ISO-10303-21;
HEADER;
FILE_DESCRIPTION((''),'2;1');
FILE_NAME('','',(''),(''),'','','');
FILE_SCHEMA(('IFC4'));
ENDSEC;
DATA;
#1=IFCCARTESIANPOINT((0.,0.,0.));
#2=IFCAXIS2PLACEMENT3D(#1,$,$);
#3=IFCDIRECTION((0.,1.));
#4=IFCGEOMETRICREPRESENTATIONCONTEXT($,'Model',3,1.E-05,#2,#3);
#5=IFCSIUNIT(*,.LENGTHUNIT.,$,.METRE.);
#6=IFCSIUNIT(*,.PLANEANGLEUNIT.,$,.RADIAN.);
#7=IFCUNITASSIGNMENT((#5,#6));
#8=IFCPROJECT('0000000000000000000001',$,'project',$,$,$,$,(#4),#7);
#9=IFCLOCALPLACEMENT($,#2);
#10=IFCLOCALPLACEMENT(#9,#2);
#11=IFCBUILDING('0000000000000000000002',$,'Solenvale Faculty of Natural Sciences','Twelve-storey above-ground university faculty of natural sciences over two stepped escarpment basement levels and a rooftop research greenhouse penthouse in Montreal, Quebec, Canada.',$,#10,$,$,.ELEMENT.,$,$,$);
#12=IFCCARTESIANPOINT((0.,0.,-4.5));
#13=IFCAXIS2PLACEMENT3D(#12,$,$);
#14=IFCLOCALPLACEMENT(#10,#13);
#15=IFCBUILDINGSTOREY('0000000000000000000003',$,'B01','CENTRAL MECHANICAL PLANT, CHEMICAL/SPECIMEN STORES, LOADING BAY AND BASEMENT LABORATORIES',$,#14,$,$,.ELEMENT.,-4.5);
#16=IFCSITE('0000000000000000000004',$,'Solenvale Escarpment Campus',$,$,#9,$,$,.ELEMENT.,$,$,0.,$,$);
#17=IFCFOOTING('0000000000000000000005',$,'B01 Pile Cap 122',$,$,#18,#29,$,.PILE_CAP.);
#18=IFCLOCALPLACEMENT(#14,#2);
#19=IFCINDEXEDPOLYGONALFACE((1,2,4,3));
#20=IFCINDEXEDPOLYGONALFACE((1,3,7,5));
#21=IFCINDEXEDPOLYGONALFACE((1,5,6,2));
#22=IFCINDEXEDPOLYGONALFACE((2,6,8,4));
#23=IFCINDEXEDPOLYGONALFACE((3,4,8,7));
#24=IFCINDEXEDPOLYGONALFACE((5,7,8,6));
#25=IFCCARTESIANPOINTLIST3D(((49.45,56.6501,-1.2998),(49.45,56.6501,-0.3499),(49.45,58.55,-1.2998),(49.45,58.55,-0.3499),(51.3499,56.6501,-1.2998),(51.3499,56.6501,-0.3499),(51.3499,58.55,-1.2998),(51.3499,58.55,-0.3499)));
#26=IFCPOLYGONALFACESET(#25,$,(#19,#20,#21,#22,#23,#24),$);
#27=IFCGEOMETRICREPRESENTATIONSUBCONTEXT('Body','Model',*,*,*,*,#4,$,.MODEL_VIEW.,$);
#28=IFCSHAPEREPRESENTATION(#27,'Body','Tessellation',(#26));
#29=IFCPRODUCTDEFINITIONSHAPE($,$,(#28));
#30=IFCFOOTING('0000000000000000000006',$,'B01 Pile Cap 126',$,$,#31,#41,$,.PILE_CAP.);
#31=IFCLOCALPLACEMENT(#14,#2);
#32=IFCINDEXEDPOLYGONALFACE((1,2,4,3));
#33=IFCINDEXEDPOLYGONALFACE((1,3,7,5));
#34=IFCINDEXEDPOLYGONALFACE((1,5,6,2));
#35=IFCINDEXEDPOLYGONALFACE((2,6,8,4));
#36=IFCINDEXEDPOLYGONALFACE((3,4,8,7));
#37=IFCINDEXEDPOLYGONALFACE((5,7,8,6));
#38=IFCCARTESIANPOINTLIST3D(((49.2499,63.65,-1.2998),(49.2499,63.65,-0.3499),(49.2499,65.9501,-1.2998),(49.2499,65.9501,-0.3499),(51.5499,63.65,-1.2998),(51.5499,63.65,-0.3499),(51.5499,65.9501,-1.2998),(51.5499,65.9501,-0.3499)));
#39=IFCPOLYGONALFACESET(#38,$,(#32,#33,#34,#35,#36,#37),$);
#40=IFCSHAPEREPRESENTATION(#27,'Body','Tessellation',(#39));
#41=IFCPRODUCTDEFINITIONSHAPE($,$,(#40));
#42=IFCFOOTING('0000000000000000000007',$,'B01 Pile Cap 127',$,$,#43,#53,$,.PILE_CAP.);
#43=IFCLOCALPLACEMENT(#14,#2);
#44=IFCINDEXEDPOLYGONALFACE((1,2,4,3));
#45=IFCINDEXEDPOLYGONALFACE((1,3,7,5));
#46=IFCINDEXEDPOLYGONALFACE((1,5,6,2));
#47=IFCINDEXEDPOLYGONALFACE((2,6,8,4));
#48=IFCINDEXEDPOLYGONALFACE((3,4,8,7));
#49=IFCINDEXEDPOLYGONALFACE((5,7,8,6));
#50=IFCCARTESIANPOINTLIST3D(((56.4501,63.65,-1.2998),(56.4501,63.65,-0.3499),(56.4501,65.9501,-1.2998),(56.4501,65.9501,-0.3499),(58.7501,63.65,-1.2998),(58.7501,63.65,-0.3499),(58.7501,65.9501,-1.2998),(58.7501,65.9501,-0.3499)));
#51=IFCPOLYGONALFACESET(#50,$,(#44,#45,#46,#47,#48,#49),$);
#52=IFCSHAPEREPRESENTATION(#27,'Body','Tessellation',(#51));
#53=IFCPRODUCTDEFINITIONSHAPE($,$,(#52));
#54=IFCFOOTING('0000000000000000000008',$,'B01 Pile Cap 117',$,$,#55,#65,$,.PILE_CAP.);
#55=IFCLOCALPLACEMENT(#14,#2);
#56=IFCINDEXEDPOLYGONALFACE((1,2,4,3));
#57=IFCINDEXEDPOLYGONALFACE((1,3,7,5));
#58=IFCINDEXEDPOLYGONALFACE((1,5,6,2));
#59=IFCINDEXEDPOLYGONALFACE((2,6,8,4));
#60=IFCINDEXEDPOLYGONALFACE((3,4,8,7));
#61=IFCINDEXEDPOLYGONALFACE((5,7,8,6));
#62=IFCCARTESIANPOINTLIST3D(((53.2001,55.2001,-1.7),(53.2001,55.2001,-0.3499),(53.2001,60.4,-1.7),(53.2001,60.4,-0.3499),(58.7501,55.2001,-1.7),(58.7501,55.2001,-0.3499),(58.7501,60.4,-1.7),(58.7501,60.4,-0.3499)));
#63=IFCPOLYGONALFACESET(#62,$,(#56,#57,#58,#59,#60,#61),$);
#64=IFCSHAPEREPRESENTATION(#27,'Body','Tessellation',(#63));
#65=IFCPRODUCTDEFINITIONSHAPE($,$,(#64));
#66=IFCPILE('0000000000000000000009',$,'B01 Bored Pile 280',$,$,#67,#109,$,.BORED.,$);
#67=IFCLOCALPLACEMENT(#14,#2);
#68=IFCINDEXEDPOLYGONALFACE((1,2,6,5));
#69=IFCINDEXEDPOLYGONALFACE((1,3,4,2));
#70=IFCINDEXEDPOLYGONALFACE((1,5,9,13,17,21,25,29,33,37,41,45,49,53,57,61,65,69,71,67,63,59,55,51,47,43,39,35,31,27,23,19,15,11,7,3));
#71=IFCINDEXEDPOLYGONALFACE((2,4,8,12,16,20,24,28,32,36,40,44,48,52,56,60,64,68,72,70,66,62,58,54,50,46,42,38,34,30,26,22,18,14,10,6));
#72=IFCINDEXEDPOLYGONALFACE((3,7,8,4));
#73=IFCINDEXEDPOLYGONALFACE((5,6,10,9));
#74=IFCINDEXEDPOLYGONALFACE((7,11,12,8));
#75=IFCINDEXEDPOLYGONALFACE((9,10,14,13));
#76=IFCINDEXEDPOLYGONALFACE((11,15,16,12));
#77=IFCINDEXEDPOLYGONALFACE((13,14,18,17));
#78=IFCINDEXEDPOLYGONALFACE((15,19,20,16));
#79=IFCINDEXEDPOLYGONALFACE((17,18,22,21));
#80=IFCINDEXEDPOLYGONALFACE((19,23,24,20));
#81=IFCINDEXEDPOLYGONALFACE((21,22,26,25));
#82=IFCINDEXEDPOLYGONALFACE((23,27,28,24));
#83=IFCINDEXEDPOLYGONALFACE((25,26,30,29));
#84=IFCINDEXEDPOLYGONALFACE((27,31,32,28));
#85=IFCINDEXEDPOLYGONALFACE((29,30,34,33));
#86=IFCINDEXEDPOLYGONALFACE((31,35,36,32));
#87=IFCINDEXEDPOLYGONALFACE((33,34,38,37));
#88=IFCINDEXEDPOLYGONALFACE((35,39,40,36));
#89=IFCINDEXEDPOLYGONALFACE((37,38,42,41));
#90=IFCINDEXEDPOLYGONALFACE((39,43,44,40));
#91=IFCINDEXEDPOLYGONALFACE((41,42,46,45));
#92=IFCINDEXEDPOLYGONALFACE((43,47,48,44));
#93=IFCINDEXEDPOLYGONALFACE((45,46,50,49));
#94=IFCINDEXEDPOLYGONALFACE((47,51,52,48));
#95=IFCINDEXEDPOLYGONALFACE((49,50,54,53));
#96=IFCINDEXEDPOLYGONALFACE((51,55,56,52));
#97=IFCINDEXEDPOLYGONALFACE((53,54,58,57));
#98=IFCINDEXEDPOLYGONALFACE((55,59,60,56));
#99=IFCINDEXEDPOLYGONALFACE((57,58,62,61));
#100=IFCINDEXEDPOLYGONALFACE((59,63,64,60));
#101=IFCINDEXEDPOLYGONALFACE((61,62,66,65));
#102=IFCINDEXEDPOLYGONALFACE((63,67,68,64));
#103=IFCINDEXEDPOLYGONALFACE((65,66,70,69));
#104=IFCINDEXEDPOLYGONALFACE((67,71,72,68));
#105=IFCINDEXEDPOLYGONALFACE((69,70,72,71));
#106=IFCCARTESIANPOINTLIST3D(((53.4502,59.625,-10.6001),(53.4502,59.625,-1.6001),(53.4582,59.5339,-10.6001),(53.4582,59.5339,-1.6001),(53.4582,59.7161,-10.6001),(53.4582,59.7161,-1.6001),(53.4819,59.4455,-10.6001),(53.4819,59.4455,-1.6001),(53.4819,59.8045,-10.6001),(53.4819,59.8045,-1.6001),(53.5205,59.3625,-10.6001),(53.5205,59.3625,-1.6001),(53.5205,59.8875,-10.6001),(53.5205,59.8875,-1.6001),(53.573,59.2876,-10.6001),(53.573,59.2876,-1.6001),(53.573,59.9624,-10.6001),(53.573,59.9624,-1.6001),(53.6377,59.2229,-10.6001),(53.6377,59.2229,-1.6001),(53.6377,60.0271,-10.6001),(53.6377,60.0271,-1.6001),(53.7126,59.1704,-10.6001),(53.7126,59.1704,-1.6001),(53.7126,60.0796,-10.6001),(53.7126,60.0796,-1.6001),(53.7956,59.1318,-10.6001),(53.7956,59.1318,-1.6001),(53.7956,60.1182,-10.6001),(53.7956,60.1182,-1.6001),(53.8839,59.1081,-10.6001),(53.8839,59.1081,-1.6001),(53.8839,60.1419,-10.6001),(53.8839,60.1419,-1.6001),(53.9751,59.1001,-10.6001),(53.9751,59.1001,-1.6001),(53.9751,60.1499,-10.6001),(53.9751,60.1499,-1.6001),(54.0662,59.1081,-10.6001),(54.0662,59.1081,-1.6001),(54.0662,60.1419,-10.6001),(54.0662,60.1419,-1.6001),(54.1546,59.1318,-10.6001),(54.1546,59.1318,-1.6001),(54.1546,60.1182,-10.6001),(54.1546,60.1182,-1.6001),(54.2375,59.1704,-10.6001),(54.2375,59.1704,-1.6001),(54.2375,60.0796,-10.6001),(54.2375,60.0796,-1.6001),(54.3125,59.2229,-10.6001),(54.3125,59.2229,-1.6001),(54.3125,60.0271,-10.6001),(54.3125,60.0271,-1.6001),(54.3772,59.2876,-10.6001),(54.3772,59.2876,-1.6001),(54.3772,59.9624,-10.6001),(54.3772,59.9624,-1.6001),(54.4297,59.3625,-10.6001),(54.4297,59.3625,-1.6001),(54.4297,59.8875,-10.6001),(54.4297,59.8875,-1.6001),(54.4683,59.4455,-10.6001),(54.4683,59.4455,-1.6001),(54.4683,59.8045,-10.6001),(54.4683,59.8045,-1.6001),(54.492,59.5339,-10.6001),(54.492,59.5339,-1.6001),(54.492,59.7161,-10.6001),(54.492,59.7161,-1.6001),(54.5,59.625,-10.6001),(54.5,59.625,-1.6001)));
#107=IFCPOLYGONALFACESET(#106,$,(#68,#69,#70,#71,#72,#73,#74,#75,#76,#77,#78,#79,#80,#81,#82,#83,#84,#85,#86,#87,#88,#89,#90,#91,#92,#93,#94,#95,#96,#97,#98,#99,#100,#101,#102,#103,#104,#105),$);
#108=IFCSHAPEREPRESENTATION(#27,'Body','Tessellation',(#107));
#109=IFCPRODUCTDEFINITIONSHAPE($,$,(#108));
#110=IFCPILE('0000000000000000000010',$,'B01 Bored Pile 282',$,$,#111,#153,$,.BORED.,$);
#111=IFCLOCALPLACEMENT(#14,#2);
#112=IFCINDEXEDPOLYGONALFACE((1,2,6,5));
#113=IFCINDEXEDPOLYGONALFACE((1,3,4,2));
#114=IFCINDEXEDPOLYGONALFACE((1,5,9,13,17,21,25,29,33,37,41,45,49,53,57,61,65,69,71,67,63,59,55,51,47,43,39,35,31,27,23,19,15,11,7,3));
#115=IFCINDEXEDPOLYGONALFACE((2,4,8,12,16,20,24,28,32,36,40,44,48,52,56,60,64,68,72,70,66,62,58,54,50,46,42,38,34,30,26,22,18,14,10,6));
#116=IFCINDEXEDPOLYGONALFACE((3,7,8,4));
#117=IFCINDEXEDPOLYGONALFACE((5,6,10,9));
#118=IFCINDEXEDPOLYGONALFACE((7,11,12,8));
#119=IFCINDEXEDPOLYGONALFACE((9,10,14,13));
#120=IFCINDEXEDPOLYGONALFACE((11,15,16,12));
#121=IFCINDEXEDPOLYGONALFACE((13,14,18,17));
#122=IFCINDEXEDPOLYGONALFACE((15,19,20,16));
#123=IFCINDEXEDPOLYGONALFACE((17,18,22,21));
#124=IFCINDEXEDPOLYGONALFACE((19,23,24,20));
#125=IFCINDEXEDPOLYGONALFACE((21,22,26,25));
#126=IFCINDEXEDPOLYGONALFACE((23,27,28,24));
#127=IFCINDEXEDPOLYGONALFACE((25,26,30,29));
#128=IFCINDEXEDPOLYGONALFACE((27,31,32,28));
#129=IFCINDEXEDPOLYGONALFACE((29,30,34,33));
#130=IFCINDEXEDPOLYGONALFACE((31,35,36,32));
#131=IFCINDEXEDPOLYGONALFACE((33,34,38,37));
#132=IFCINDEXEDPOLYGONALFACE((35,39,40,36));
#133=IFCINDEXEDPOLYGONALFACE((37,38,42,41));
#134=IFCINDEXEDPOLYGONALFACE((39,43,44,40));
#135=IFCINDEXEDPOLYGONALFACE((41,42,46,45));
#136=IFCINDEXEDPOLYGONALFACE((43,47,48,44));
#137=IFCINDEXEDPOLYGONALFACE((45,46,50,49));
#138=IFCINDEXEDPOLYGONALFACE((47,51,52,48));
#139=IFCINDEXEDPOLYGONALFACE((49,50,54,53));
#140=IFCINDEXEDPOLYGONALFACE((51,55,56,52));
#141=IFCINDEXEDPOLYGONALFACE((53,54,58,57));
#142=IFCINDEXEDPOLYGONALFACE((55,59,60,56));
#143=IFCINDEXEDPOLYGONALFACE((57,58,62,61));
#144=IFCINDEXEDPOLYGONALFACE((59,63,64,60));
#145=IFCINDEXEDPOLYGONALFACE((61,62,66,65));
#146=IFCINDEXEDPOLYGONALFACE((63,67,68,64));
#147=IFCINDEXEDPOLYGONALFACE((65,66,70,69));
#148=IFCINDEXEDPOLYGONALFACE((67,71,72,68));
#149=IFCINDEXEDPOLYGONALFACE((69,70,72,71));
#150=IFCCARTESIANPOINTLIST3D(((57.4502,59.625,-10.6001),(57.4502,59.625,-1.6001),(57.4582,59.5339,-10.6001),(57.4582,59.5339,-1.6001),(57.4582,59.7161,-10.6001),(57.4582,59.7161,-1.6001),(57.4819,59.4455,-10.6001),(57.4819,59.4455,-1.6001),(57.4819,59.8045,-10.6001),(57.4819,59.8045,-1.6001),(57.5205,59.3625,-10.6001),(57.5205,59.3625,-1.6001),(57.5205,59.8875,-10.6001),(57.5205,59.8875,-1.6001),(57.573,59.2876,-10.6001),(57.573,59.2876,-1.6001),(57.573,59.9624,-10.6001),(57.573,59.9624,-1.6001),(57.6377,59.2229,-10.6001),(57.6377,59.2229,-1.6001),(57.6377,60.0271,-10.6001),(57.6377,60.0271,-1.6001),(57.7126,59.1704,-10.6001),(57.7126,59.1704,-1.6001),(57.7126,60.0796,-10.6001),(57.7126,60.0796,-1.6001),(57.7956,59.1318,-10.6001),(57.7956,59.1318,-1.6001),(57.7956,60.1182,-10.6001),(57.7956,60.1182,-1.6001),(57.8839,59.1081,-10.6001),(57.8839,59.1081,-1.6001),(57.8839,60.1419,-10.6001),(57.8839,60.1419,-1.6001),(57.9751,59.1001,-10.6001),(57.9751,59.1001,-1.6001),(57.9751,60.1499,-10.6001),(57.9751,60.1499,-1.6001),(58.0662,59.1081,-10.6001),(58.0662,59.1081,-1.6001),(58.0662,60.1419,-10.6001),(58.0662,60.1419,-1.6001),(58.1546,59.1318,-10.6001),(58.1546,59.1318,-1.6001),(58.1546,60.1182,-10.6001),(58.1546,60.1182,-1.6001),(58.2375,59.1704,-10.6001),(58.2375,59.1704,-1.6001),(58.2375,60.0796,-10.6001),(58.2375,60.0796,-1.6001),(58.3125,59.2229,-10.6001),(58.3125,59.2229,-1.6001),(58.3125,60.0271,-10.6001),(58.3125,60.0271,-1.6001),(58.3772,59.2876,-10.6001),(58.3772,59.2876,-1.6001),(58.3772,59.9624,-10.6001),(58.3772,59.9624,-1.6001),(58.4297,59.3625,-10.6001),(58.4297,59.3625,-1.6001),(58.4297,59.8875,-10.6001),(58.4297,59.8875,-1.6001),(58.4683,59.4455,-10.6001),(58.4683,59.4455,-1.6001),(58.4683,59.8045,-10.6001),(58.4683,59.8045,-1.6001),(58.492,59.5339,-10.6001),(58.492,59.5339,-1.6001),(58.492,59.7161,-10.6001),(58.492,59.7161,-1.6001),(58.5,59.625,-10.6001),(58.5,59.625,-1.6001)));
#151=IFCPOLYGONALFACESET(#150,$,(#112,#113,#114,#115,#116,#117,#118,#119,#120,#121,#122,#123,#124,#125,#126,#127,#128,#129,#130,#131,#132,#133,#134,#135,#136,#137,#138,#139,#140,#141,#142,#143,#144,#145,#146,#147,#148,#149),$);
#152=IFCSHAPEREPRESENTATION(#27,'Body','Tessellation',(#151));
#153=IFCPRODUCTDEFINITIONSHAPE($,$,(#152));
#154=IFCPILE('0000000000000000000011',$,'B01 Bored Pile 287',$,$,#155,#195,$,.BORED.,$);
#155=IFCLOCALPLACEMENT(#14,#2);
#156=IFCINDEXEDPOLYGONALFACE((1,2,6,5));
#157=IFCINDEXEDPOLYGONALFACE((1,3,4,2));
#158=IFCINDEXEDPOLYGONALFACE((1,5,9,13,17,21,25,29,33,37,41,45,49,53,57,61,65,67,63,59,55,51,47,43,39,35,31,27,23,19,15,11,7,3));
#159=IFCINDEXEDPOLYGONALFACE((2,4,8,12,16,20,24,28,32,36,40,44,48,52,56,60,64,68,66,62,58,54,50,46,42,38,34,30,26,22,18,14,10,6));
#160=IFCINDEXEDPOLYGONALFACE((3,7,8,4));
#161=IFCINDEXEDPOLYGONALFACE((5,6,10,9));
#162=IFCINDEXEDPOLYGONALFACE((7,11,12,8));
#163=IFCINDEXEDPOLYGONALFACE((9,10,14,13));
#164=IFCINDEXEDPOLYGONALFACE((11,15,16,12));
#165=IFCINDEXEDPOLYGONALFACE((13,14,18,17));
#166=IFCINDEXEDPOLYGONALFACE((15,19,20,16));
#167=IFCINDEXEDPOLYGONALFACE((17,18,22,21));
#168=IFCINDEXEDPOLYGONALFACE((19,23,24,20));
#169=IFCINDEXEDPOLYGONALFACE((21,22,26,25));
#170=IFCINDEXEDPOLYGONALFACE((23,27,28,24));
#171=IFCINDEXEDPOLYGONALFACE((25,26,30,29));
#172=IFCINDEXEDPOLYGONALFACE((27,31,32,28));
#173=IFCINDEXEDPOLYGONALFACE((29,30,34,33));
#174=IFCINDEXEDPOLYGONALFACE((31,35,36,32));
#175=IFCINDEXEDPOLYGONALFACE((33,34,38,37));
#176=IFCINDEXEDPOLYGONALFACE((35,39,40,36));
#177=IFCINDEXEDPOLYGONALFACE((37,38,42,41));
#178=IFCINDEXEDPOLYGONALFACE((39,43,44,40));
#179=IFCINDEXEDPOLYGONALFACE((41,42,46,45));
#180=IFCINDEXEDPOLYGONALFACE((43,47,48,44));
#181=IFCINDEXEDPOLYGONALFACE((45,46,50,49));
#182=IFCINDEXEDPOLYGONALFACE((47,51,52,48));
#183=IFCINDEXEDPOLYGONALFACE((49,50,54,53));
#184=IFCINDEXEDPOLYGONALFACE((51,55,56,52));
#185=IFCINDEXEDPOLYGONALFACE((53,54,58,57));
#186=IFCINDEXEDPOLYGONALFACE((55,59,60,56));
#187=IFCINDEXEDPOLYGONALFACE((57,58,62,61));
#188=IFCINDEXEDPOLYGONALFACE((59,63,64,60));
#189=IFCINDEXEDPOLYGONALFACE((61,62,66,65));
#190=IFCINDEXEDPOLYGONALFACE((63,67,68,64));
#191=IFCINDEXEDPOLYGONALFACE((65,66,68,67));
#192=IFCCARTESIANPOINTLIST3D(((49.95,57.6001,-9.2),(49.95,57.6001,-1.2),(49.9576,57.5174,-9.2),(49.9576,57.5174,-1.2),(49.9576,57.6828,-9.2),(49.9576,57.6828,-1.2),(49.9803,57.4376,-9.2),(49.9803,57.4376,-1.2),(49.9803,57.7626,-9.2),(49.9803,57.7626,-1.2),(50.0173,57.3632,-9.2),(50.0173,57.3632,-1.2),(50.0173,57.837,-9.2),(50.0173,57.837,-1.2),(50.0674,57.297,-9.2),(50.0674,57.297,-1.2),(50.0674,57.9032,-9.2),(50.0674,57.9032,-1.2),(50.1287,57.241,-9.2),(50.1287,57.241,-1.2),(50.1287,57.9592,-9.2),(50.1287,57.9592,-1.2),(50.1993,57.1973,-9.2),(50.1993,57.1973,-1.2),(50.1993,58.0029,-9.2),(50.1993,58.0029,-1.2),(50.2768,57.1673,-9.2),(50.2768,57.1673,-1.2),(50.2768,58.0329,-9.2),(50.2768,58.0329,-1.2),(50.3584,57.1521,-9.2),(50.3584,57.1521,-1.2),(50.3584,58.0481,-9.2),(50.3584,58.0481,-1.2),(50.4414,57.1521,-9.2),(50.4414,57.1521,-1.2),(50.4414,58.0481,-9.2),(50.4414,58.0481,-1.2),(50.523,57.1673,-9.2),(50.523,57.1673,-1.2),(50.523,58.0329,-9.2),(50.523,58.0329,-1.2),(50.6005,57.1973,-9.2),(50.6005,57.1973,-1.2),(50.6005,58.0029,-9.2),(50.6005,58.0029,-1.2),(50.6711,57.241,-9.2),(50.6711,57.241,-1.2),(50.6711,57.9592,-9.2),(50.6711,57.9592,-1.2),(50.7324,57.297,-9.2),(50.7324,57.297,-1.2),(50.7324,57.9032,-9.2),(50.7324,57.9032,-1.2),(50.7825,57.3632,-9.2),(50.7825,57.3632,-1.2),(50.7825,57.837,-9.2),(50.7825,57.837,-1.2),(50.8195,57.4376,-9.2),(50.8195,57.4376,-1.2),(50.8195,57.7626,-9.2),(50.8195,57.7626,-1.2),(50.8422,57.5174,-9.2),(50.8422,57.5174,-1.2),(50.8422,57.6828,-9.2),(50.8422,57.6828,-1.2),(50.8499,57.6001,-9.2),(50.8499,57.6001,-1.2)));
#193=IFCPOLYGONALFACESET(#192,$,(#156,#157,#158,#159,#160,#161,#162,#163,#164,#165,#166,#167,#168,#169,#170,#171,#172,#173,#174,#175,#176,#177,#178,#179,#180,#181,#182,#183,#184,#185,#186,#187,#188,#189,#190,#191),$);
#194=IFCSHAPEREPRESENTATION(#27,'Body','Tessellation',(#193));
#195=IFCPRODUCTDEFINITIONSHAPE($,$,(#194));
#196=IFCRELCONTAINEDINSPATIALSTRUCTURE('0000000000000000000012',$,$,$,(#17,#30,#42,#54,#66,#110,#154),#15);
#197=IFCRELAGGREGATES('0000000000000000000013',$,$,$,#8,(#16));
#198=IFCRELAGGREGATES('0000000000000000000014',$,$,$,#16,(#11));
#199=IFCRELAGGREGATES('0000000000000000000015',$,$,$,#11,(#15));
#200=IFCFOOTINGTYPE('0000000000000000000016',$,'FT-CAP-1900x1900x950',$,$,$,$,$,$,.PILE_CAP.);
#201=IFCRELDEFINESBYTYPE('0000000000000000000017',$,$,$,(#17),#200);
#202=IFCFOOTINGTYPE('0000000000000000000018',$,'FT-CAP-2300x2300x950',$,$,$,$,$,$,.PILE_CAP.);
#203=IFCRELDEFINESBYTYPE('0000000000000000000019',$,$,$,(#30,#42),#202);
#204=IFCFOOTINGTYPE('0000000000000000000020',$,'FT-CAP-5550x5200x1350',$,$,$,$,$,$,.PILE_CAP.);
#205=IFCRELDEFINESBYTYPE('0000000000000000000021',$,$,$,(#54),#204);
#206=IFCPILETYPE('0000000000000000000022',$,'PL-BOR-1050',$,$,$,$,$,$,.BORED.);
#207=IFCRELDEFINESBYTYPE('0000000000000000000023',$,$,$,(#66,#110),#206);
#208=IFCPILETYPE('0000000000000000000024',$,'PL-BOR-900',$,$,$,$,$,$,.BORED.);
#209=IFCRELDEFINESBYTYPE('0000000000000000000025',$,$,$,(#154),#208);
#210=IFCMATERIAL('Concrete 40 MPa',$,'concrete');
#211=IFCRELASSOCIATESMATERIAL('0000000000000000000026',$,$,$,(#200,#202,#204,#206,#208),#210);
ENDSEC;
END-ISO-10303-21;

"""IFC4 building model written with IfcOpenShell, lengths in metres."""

from ifc_helpers import new_model, si_unit, direction, frame, origin, origin_2d, place, context, subcontext, project, spatial, rectangle, circle, extrude, material, material_profile, profile_set, type_object, element, save


model = new_model("IFC4")

# Units and contexts
model_context = context("Model", 3, precision=1e-05, world=origin(), true_north=direction((0.0, 1.0)))
body_context = subcontext(model_context, "Body", "Model", "MODEL_VIEW")
ifc_project = project(units=[si_unit("LENGTHUNIT", "METRE"), si_unit("PLANEANGLEUNIT", "RADIAN")], contexts=[model_context])

# Site, building, storey
site_placement = place(None, origin())
site = spatial("IfcSite", under=ifc_project, at=site_placement, Name="Solenvale Escarpment Campus", CompositionType="ELEMENT", RefElevation=0.0)
building_placement = place(site_placement, origin())
building = spatial("IfcBuilding", under=site, at=building_placement, Name="Solenvale Faculty of Natural Sciences", Description="Twelve-storey above-ground university faculty of natural sciences over two stepped escarpment basement levels and a rooftop research greenhouse penthouse in Montreal, Quebec, Canada.", CompositionType="ELEMENT")
storey_placement = place(building_placement, frame((0.0, 0.0, -4.5)))
storey = spatial("IfcBuildingStorey", under=building, at=storey_placement, Name="B01", Description="CENTRAL MECHANICAL PLANT, CHEMICAL/SPECIMEN STORES, LOADING BAY AND BASEMENT LABORATORIES", CompositionType="ELEMENT", Elevation=-4.5)

# Footings
ifc_material_1 = material(Name="Concrete 40 MPa", Category="concrete")
footing_type_1 = type_object("IfcFootingType", Name="FT-CAP-1900x1900x950", PredefinedType="PILE_CAP", material=ifc_material_1)
footing_1_placement = place(storey_placement, frame((50.3999, 57.6001, -1.2998), z_axis=(0.0, 0.0, 1.0), x_axis=(1.0, 0.0, 0.0)))
element("IfcFooting", 1, at=footing_1_placement, inside=storey, type_object=footing_type_1, Name="B01 Pile Cap 122", PredefinedType="PILE_CAP", context=body_context, shape_type="SweptSolid", body=[
    extrude(rectangle(XDim=1.8999, YDim=1.8999, at=origin_2d()), origin(), (0.0, 0.0, 1.0), 0.95),
])
footing_type_2 = type_object("IfcFootingType", Name="FT-CAP-2300x2300x950", PredefinedType="PILE_CAP", material=ifc_material_1)
for number, where, z_axis, x_axis, name in (
    (2, (50.3999, 64.8, -1.2998), (0.0, 0.0, 1.0), (1.0, 0.0, 0.0), "B01 Pile Cap 126"),
    (3, (57.6001, 64.8, -1.2998), (0.0, 0.0, 1.0), (1.0, 0.0, 0.0), "B01 Pile Cap 127"),
):
    element("IfcFooting", number, at=place(storey_placement, frame(where, z_axis=z_axis, x_axis=x_axis)), inside=storey, type_object=footing_type_2, Name=name, PredefinedType="PILE_CAP", context=body_context, shape_type="SweptSolid", body=[
        extrude(rectangle(XDim=2.3, YDim=2.3, at=origin_2d()), origin(), (0.0, 0.0, 1.0), 0.95),
    ])
footing_type_3 = type_object("IfcFootingType", Name="FT-CAP-5550x5200x1350", PredefinedType="PILE_CAP", material=ifc_material_1)
footing_2_placement = place(storey_placement, frame((55.9751, 57.8, -1.7), z_axis=(0.0, 0.0, 1.0), x_axis=(1.0, 0.0, 0.0)))
element("IfcFooting", 4, at=footing_2_placement, inside=storey, type_object=footing_type_3, Name="B01 Pile Cap 117", PredefinedType="PILE_CAP", context=body_context, shape_type="SweptSolid", body=[
    extrude(rectangle(XDim=5.55, YDim=5.2, at=origin_2d()), origin(), (0.0, 0.0, 1.0), 1.3501),
])

# Piles
ifc_material_profile_1 = material_profile(ifc_material_1, circle(Radius=0.5249, at=origin_2d()), Name="PILE-D1050")
ifc_profile_set_1 = profile_set([ifc_material_profile_1], Name="Concrete 40 MPa")
pile_type_1 = type_object("IfcPileType", Name="PL-BOR-1050", PredefinedType="BORED", material=ifc_profile_set_1)
for number, where, z_axis, x_axis, name in (
    (5, (53.9751, 59.625, -1.6001), (0.0, 0.0, -1.0), (1.0, 0.0, 0.0), "B01 Bored Pile 280"),
    (6, (57.9751, 59.625, -1.6001), (0.0, 0.0, -1.0), (1.0, 0.0, 0.0), "B01 Bored Pile 282"),
):
    element("IfcPile", number, at=place(storey_placement, frame(where, z_axis=z_axis, x_axis=x_axis)), inside=storey, type_object=pile_type_1, Name=name, PredefinedType="BORED", context=body_context, shape_type="SweptSolid", body=[
        extrude(circle(Radius=0.5249, at=origin_2d()), origin(), (0.0, 0.0, 1.0), 9.0),
    ])
ifc_material_profile_2 = material_profile(ifc_material_1, circle(Radius=0.45, at=origin_2d()), Name="PILE-D900")
ifc_profile_set_2 = profile_set([ifc_material_profile_2], Name="Concrete 40 MPa")
pile_type_2 = type_object("IfcPileType", Name="PL-BOR-900", PredefinedType="BORED", material=ifc_profile_set_2)
for number, where, z_axis, x_axis, name in (
    (7, (50.3999, 57.6001, -1.2), (0.0, 0.0, -1.0), (1.0, 0.0, 0.0), "B01 Bored Pile 287"),
):
    element("IfcPile", number, at=place(storey_placement, frame(where, z_axis=z_axis, x_axis=x_axis)), inside=storey, type_object=pile_type_2, Name=name, PredefinedType="BORED", context=body_context, shape_type="SweptSolid", body=[
        extrude(circle(Radius=0.45, at=origin_2d()), origin(), (0.0, 0.0, 1.0), 8.0),
    ])

save(model, "model.ifc")
